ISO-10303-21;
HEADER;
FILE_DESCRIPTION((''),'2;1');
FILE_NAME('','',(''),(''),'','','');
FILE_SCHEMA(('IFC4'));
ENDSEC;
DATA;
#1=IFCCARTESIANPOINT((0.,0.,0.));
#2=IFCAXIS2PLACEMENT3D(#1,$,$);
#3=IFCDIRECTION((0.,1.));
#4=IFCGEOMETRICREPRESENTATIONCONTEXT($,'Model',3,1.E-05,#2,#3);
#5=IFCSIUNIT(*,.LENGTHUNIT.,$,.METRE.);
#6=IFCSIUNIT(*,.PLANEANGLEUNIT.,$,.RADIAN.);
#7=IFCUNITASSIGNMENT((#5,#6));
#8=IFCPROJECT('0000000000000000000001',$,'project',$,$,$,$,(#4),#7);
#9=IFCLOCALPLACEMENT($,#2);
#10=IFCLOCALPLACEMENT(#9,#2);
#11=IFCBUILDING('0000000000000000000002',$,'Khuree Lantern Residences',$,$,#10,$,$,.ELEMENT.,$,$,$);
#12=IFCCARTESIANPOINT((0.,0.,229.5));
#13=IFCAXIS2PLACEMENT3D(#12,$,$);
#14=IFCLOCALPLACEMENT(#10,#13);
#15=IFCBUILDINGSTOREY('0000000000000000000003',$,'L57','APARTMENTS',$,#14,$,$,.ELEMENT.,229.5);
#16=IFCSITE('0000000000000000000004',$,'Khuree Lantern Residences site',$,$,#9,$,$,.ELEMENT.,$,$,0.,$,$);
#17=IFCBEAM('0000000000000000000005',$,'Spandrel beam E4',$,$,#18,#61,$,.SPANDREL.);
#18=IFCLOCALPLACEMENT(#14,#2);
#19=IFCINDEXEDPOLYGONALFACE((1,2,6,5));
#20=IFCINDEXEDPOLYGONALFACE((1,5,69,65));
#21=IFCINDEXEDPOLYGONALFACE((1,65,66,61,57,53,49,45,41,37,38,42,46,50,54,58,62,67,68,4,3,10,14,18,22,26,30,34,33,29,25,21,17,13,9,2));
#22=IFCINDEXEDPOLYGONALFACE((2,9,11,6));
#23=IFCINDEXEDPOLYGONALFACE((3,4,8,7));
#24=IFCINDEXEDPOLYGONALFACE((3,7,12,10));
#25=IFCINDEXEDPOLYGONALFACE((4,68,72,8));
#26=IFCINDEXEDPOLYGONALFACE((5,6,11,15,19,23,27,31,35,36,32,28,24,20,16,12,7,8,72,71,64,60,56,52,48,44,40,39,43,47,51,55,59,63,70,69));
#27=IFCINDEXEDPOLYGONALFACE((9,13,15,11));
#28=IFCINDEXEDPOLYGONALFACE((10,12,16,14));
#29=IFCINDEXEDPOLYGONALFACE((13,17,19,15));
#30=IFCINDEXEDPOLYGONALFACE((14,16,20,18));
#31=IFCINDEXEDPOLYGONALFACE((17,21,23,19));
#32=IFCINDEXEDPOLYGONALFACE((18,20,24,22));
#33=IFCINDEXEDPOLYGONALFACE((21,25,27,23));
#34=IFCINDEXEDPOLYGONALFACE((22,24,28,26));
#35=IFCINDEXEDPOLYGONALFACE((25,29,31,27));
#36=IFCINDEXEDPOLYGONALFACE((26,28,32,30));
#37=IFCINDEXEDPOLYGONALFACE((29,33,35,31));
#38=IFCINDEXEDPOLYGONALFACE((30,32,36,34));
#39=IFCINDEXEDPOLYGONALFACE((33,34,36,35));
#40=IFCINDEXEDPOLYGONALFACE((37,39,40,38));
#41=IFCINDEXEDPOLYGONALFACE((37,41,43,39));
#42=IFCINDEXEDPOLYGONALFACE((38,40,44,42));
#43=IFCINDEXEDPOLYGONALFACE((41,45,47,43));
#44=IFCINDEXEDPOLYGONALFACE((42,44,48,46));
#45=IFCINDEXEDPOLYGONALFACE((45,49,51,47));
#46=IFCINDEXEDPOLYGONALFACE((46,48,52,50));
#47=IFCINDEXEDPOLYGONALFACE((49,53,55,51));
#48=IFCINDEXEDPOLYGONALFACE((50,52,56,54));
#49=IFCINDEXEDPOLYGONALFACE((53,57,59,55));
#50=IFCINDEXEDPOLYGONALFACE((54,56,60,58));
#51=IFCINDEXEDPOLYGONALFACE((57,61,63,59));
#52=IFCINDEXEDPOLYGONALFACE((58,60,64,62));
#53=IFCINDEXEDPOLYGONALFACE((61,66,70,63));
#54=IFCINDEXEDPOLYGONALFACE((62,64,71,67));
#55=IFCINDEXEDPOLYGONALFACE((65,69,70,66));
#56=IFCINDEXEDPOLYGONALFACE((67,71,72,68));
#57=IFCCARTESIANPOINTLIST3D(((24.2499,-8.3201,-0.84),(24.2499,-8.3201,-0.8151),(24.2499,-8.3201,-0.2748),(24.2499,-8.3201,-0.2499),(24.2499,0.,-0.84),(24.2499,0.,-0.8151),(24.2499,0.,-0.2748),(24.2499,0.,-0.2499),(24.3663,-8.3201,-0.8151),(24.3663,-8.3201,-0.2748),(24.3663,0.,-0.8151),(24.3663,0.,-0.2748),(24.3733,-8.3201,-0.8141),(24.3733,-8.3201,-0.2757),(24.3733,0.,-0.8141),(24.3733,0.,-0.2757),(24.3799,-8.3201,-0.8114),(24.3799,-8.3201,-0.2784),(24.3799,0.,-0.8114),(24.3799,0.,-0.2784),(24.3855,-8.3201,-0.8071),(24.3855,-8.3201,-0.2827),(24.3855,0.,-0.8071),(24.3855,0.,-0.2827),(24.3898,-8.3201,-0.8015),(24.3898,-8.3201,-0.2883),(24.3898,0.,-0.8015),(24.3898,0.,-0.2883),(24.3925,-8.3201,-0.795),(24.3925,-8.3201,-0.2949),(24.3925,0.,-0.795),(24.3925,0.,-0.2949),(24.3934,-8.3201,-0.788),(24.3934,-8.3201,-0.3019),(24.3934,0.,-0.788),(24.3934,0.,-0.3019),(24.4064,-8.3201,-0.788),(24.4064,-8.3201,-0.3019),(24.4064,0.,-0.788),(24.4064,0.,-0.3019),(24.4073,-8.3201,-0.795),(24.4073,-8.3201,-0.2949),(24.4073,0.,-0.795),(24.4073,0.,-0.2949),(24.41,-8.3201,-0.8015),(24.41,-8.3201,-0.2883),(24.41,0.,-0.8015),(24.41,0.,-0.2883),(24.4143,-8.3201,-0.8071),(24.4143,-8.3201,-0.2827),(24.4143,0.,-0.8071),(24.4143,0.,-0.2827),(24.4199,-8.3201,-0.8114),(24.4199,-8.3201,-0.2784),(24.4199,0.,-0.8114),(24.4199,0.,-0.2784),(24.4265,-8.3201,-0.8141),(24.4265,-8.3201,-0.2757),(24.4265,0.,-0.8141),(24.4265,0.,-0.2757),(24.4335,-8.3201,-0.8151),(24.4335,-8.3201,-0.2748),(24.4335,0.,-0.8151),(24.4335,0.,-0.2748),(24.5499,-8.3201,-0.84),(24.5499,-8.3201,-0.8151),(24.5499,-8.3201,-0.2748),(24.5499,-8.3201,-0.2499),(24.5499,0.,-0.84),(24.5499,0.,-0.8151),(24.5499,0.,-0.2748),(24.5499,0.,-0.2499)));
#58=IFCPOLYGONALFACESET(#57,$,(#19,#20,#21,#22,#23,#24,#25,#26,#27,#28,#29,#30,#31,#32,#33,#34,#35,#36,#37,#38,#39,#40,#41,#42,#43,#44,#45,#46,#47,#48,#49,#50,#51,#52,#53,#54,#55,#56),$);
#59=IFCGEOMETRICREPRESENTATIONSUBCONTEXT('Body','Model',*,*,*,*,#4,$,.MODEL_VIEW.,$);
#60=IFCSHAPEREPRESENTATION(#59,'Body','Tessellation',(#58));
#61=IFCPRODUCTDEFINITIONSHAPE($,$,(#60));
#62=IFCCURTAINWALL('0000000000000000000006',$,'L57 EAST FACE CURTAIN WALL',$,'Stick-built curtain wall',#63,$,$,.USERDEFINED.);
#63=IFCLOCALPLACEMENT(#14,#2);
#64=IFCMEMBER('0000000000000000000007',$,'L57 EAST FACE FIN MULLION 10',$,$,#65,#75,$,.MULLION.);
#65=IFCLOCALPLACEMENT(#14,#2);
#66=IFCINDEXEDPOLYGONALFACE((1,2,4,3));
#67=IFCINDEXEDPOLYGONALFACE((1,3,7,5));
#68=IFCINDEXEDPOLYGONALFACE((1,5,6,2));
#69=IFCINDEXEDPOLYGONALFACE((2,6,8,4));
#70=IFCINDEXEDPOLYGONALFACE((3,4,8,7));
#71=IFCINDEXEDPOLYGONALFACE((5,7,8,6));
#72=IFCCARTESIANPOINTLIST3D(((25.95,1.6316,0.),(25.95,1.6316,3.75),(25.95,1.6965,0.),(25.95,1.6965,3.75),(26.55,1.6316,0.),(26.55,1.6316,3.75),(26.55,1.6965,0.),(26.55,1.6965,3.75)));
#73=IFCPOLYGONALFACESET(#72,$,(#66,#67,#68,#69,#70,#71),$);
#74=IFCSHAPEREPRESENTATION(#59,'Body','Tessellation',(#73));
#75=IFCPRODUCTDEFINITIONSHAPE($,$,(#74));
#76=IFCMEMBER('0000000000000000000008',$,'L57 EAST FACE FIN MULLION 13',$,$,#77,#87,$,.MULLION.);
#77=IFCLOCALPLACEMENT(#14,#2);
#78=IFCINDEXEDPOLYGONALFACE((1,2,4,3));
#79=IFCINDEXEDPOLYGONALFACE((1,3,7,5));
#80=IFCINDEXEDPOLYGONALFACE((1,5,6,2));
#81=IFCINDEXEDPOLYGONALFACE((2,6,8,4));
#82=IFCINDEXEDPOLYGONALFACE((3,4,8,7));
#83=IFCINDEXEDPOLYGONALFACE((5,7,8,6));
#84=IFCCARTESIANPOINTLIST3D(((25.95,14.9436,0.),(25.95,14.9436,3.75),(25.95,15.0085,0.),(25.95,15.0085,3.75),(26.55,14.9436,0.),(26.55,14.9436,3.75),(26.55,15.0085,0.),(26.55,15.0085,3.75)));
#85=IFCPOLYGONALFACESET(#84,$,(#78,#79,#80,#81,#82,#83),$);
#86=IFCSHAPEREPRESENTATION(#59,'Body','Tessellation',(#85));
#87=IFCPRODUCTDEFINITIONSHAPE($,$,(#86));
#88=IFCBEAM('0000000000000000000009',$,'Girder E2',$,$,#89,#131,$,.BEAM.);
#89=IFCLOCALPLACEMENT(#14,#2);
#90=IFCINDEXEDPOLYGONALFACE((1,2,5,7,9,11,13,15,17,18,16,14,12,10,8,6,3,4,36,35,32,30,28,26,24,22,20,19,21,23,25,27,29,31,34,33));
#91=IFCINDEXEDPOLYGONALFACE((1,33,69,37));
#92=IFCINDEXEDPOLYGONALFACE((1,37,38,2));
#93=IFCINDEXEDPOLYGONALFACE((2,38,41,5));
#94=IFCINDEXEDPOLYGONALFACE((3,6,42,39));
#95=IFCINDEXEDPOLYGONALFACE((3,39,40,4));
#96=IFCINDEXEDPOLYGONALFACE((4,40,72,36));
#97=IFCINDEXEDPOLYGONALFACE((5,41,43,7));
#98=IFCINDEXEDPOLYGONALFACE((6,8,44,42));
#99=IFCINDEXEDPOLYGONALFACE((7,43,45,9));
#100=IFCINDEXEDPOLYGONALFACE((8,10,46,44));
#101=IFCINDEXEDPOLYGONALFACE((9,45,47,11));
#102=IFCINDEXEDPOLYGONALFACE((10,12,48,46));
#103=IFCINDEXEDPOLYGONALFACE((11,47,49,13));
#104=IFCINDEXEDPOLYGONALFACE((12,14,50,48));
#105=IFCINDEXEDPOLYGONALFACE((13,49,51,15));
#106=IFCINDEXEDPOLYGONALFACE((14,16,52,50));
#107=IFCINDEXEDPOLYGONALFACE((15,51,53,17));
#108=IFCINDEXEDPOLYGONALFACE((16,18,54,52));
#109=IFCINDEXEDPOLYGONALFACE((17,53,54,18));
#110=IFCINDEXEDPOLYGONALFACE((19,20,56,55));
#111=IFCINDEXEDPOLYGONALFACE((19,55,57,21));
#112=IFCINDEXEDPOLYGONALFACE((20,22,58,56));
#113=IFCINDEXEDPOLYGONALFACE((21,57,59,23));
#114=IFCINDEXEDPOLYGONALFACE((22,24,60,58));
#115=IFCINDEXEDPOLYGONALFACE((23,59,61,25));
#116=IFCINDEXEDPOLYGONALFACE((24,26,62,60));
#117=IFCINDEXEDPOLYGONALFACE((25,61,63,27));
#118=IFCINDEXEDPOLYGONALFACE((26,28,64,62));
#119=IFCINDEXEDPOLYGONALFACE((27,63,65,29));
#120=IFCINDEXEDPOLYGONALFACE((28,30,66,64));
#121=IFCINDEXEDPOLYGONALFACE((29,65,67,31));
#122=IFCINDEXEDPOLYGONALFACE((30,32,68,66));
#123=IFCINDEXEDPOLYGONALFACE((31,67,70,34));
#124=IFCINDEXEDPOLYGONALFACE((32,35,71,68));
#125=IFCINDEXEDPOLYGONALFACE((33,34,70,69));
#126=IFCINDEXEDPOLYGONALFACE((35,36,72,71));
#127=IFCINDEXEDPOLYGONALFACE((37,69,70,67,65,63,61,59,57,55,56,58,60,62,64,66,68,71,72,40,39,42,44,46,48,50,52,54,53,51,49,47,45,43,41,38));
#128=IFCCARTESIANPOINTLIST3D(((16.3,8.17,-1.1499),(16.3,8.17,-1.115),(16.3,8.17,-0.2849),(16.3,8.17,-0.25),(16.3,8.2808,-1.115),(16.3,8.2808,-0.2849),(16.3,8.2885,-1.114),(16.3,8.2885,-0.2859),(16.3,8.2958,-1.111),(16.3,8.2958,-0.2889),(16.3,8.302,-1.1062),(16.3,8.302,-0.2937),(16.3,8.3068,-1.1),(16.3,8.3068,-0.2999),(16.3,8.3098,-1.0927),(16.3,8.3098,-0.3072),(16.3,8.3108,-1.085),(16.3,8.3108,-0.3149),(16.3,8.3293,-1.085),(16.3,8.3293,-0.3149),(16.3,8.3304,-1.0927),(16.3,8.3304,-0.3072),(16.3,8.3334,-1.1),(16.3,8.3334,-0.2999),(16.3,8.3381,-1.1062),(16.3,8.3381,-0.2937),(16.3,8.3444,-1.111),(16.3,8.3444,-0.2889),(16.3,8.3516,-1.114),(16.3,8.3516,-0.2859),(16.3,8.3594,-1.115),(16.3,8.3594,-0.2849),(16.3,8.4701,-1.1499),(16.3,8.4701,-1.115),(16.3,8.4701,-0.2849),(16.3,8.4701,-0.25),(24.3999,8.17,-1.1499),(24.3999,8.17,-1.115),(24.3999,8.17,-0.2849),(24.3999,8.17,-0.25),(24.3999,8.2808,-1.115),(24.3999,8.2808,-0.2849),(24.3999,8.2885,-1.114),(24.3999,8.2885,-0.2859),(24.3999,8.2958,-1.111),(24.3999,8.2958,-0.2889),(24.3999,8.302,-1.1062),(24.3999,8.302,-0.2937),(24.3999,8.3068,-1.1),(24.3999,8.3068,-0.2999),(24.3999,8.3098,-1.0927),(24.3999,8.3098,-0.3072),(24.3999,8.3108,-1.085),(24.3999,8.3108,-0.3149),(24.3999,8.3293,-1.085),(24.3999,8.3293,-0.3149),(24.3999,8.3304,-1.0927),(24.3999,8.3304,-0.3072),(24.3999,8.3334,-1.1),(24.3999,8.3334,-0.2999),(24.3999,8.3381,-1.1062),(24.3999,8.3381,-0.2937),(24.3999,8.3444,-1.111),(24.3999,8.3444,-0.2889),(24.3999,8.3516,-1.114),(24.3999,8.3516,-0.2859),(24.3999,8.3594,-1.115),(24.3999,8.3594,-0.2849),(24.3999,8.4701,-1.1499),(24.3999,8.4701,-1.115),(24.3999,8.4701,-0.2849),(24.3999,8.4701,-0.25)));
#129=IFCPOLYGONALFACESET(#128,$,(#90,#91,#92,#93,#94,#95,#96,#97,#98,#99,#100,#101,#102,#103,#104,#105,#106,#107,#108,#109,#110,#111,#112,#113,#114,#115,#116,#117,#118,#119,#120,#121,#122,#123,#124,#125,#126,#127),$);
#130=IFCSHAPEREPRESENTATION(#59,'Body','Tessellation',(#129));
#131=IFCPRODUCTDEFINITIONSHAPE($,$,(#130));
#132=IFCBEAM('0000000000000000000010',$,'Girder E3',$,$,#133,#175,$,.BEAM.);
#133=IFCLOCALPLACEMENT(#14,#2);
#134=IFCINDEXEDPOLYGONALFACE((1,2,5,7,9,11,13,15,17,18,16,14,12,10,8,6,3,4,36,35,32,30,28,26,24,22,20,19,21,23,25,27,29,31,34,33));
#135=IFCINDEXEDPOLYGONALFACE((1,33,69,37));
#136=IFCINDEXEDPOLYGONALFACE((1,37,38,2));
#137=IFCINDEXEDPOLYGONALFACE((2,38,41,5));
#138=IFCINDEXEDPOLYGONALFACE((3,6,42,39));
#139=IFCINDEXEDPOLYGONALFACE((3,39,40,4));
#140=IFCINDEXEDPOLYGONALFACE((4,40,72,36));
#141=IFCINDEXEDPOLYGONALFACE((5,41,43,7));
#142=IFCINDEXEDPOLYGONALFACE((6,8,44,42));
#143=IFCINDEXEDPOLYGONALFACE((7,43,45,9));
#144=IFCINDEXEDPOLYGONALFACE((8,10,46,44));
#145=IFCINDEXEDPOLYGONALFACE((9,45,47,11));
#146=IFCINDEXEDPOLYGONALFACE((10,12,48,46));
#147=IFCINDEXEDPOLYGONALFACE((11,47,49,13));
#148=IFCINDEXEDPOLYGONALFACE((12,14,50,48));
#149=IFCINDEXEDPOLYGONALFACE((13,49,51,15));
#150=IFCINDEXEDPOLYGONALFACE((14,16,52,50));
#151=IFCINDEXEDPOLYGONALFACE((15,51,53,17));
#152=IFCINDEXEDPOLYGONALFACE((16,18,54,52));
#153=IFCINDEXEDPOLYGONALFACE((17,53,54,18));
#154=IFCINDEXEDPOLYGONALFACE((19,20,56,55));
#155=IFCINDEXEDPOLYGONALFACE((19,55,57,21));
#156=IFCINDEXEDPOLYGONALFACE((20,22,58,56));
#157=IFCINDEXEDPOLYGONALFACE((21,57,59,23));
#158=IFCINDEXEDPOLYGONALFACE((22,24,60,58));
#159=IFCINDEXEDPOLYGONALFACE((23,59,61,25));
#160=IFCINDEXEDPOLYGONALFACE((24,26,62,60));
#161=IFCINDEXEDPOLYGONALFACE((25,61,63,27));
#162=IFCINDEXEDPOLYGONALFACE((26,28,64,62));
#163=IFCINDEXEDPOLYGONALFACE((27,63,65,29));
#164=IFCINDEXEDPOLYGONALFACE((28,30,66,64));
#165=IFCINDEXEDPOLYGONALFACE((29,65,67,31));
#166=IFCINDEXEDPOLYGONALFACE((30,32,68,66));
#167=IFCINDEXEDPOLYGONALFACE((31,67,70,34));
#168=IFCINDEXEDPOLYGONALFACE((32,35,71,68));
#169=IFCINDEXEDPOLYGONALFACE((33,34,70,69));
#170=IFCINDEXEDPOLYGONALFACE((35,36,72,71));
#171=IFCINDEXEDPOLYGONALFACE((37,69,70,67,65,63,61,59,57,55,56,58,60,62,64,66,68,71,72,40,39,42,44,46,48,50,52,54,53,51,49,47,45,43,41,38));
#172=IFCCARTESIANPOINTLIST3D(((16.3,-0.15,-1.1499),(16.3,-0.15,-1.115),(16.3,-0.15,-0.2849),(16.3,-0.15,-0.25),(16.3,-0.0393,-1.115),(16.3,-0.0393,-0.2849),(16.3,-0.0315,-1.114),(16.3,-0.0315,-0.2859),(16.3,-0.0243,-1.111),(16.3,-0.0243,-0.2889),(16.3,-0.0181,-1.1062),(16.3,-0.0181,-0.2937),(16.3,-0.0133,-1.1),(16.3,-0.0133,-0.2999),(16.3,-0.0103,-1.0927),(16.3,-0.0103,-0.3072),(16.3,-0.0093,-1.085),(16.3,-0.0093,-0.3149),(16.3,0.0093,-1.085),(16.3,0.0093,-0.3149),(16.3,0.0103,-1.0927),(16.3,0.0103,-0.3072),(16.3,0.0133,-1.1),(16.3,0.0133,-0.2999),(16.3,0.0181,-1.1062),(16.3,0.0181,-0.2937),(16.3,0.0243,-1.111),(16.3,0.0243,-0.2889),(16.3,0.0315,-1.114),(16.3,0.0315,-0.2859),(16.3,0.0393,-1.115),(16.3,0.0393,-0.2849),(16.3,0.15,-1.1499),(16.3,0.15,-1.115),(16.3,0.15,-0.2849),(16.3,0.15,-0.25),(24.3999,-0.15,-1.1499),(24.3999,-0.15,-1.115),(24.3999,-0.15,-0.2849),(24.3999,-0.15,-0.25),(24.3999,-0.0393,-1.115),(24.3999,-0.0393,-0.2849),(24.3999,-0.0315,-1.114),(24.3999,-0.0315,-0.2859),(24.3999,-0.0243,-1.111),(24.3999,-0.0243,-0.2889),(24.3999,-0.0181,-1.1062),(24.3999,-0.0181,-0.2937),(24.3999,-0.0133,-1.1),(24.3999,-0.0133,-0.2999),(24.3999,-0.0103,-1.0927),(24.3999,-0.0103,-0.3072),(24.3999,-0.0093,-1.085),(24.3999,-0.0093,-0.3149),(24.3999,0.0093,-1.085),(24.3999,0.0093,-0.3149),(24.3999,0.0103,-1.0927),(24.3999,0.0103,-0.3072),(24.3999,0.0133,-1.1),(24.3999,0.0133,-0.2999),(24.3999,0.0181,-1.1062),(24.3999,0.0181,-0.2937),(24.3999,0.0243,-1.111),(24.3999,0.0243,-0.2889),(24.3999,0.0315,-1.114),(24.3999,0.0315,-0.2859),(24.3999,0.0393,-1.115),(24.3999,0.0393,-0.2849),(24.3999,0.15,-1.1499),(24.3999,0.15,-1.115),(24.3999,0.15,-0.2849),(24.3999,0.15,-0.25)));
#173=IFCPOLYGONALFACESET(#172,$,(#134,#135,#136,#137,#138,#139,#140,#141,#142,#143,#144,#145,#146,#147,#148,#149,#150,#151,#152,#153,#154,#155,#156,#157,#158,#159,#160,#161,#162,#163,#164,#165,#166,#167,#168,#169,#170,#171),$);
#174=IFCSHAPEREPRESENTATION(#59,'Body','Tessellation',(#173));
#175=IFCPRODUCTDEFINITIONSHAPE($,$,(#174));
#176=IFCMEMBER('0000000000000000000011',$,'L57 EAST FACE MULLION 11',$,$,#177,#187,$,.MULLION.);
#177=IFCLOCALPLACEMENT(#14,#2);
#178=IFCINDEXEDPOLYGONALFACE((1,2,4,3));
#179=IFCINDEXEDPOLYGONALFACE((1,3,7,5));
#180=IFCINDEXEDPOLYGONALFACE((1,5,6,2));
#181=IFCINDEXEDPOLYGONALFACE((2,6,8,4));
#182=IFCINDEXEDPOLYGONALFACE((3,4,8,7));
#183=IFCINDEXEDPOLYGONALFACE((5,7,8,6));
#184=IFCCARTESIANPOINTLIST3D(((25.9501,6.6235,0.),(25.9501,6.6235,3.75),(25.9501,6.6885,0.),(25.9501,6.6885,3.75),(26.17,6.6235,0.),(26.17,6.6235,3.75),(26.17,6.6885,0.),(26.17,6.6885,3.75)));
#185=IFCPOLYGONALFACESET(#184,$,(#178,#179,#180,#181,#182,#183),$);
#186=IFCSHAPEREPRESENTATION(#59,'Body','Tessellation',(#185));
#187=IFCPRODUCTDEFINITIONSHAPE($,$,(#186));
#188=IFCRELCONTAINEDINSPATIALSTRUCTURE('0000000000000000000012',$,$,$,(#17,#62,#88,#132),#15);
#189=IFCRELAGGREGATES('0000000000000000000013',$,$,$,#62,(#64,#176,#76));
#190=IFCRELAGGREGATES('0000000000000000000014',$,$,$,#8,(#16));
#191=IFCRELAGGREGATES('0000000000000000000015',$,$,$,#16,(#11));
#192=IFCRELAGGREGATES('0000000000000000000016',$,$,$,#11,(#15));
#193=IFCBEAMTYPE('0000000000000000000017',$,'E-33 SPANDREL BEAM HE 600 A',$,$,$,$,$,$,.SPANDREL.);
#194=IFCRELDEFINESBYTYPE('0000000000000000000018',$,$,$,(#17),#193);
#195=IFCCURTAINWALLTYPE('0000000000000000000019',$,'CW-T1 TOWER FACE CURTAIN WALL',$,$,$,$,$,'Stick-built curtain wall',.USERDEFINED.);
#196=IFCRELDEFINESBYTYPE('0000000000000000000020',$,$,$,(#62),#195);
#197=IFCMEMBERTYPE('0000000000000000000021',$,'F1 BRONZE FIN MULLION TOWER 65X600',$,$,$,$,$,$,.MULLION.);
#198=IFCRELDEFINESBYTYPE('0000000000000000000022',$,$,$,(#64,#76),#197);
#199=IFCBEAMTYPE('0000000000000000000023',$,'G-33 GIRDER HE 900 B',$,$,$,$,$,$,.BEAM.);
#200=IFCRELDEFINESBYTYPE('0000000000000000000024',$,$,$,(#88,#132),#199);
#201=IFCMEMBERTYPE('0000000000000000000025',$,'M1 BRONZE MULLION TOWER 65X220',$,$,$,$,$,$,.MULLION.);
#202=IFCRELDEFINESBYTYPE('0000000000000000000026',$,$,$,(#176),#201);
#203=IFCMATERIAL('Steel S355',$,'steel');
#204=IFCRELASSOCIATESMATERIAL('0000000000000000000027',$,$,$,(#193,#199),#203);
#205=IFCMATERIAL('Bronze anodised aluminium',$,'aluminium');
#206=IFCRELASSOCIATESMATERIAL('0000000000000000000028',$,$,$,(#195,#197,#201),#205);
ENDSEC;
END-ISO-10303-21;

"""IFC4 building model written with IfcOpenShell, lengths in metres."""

from ifc_helpers import new_model, si_unit, direction, frame, origin, origin_2d, place, context, subcontext, project, spatial, rectangle, i_section, extrude, material, material_profile, profile_set, type_object, element, aggregate, save


model = new_model("IFC4")

# Units and contexts
model_context = context("Model", 3, precision=1e-05, world=origin(), true_north=direction((0.0, 1.0)))
body_context = subcontext(model_context, "Body", "Model", "MODEL_VIEW")
ifc_project = project(units=[si_unit("LENGTHUNIT", "METRE"), si_unit("PLANEANGLEUNIT", "RADIAN")], contexts=[model_context])

# Site, building, storey
site_placement = place(None, origin())
site = spatial("IfcSite", under=ifc_project, at=site_placement, Name="Khuree Lantern Residences site", CompositionType="ELEMENT", RefElevation=0.0)
building_placement = place(site_placement, origin())
building = spatial("IfcBuilding", under=site, at=building_placement, Name="Khuree Lantern Residences", CompositionType="ELEMENT")
storey_placement = place(building_placement, frame((0.0, 0.0, 229.5)))
storey = spatial("IfcBuildingStorey", under=building, at=storey_placement, Name="L57", Description="APARTMENTS", CompositionType="ELEMENT", Elevation=229.5)

# Beam
ifc_material_1 = material(Name="Steel S355", Category="steel")
ifc_material_profile_1 = material_profile(ifc_material_1, i_section(OverallWidth=0.3, OverallDepth=0.5901, WebThickness=0.0129, FlangeThickness=0.0249, FilletRadius=0.0271, at=origin_2d()), Name="HE 600 A")
ifc_profile_set_1 = profile_set([ifc_material_profile_1], Name="Steel S355")
beam_type_1 = type_object("IfcBeamType", Name="E-33 SPANDREL BEAM HE 600 A", PredefinedType="SPANDREL", material=ifc_profile_set_1)
for number, where, z_axis, x_axis, name in (
    (1, (24.3999, 0.0, -0.5449), (0.0, -1.0, 0.0), (1.0, 0.0, 0.0), "Spandrel beam E4"),
):
    element("IfcBeam", number, at=place(storey_placement, frame(where, z_axis=z_axis, x_axis=x_axis)), inside=storey, type_object=beam_type_1, Name=name, PredefinedType="SPANDREL", context=body_context, shape_type="SweptSolid", body=[
        extrude(i_section(OverallWidth=0.3, OverallDepth=0.5901, WebThickness=0.0129, FlangeThickness=0.0249, FilletRadius=0.0271, at=origin_2d()), origin(), (0.0, 0.0, 1.0), 8.3201),
    ])

# Curtain wall, members
ifc_material_2 = material(Name="Bronze anodised aluminium", Category="aluminium")
curtain_wall_type = type_object("IfcCurtainWallType", Name="CW-T1 TOWER FACE CURTAIN WALL", ElementType="Stick-built curtain wall", PredefinedType="USERDEFINED", material=ifc_material_2)
curtain_wall_placement = place(storey_placement, origin())
curtain_wall = element("IfcCurtainWall", 2, at=curtain_wall_placement, inside=storey, type_object=curtain_wall_type, Name="L57 EAST FACE CURTAIN WALL", ObjectType="Stick-built curtain wall", PredefinedType="USERDEFINED")
ifc_material_profile_2 = material_profile(ifc_material_2, rectangle(XDim=0.0649, YDim=0.6001, at=origin_2d()), Name="F1 65X600")
ifc_profile_set_2 = profile_set([ifc_material_profile_2], Name="Bronze anodised aluminium")
member_type_1 = type_object("IfcMemberType", Name="F1 BRONZE FIN MULLION TOWER 65X600", PredefinedType="MULLION", material=ifc_profile_set_2)
member_1_placement = place(storey_placement, frame((26.25, 1.6641, 0.0), z_axis=(0.0, 0.0, 1.0), x_axis=(0.0, 1.0, 0.0)))
member_1 = element("IfcMember", 3, at=member_1_placement, type_object=member_type_1, Name="L57 EAST FACE FIN MULLION 10", PredefinedType="MULLION", context=body_context, shape_type="SweptSolid", body=[
    extrude(rectangle(XDim=0.0649, YDim=0.6001, at=origin_2d()), origin(), (0.0, 0.0, 1.0), 3.75),
])
member_2_placement = place(storey_placement, frame((26.25, 14.9761, 0.0), z_axis=(0.0, 0.0, 1.0), x_axis=(0.0, 1.0, 0.0)))
member_2 = element("IfcMember", 4, at=member_2_placement, type_object=member_type_1, Name="L57 EAST FACE FIN MULLION 13", PredefinedType="MULLION", context=body_context, shape_type="SweptSolid", body=[
    extrude(rectangle(XDim=0.0649, YDim=0.6001, at=origin_2d()), origin(), (0.0, 0.0, 1.0), 3.75),
])

# Beams
ifc_material_profile_3 = material_profile(ifc_material_1, i_section(OverallWidth=0.3, OverallDepth=0.8999, WebThickness=0.0186, FlangeThickness=0.0349, FilletRadius=0.03, at=origin_2d()), Name="HE 900 B")
ifc_profile_set_3 = profile_set([ifc_material_profile_3], Name="Steel S355")
beam_type_2 = type_object("IfcBeamType", Name="G-33 GIRDER HE 900 B", PredefinedType="BEAM", material=ifc_profile_set_3)
for number, where, z_axis, x_axis, name in (
    (5, (24.3999, 8.3201, -0.7), (-1.0, 0.0, 0.0), (0.0, -1.0, 0.0), "Girder E2"),
    (6, (24.3999, 0.0, -0.7), (-1.0, 0.0, 0.0), (0.0, -1.0, 0.0), "Girder E3"),
):
    element("IfcBeam", number, at=place(storey_placement, frame(where, z_axis=z_axis, x_axis=x_axis)), inside=storey, type_object=beam_type_2, Name=name, PredefinedType="BEAM", context=body_context, shape_type="SweptSolid", body=[
        extrude(i_section(OverallWidth=0.3, OverallDepth=0.8999, WebThickness=0.0186, FlangeThickness=0.0349, FilletRadius=0.03, at=origin_2d()), origin(), (0.0, 0.0, 1.0), 8.0999),
    ])

# Member
ifc_material_profile_4 = material_profile(ifc_material_2, rectangle(XDim=0.0649, YDim=0.22, at=origin_2d()), Name="M1 65X220")
ifc_profile_set_4 = profile_set([ifc_material_profile_4], Name="Bronze anodised aluminium")
member_type_2 = type_object("IfcMemberType", Name="M1 BRONZE MULLION TOWER 65X220", PredefinedType="MULLION", material=ifc_profile_set_4)
member_3_placement = place(storey_placement, frame((26.0601, 6.656, 0.0), z_axis=(0.0, 0.0, 1.0), x_axis=(0.0, 1.0, 0.0)))
member_3 = element("IfcMember", 7, at=member_3_placement, type_object=member_type_2, Name="L57 EAST FACE MULLION 11", PredefinedType="MULLION", context=body_context, shape_type="SweptSolid", body=[
    extrude(rectangle(XDim=0.0649, YDim=0.22, at=origin_2d()), origin(), (0.0, 0.0, 1.0), 3.75),
])

aggregate(curtain_wall, [member_1, member_3, member_2])

save(model, "model.ifc")
